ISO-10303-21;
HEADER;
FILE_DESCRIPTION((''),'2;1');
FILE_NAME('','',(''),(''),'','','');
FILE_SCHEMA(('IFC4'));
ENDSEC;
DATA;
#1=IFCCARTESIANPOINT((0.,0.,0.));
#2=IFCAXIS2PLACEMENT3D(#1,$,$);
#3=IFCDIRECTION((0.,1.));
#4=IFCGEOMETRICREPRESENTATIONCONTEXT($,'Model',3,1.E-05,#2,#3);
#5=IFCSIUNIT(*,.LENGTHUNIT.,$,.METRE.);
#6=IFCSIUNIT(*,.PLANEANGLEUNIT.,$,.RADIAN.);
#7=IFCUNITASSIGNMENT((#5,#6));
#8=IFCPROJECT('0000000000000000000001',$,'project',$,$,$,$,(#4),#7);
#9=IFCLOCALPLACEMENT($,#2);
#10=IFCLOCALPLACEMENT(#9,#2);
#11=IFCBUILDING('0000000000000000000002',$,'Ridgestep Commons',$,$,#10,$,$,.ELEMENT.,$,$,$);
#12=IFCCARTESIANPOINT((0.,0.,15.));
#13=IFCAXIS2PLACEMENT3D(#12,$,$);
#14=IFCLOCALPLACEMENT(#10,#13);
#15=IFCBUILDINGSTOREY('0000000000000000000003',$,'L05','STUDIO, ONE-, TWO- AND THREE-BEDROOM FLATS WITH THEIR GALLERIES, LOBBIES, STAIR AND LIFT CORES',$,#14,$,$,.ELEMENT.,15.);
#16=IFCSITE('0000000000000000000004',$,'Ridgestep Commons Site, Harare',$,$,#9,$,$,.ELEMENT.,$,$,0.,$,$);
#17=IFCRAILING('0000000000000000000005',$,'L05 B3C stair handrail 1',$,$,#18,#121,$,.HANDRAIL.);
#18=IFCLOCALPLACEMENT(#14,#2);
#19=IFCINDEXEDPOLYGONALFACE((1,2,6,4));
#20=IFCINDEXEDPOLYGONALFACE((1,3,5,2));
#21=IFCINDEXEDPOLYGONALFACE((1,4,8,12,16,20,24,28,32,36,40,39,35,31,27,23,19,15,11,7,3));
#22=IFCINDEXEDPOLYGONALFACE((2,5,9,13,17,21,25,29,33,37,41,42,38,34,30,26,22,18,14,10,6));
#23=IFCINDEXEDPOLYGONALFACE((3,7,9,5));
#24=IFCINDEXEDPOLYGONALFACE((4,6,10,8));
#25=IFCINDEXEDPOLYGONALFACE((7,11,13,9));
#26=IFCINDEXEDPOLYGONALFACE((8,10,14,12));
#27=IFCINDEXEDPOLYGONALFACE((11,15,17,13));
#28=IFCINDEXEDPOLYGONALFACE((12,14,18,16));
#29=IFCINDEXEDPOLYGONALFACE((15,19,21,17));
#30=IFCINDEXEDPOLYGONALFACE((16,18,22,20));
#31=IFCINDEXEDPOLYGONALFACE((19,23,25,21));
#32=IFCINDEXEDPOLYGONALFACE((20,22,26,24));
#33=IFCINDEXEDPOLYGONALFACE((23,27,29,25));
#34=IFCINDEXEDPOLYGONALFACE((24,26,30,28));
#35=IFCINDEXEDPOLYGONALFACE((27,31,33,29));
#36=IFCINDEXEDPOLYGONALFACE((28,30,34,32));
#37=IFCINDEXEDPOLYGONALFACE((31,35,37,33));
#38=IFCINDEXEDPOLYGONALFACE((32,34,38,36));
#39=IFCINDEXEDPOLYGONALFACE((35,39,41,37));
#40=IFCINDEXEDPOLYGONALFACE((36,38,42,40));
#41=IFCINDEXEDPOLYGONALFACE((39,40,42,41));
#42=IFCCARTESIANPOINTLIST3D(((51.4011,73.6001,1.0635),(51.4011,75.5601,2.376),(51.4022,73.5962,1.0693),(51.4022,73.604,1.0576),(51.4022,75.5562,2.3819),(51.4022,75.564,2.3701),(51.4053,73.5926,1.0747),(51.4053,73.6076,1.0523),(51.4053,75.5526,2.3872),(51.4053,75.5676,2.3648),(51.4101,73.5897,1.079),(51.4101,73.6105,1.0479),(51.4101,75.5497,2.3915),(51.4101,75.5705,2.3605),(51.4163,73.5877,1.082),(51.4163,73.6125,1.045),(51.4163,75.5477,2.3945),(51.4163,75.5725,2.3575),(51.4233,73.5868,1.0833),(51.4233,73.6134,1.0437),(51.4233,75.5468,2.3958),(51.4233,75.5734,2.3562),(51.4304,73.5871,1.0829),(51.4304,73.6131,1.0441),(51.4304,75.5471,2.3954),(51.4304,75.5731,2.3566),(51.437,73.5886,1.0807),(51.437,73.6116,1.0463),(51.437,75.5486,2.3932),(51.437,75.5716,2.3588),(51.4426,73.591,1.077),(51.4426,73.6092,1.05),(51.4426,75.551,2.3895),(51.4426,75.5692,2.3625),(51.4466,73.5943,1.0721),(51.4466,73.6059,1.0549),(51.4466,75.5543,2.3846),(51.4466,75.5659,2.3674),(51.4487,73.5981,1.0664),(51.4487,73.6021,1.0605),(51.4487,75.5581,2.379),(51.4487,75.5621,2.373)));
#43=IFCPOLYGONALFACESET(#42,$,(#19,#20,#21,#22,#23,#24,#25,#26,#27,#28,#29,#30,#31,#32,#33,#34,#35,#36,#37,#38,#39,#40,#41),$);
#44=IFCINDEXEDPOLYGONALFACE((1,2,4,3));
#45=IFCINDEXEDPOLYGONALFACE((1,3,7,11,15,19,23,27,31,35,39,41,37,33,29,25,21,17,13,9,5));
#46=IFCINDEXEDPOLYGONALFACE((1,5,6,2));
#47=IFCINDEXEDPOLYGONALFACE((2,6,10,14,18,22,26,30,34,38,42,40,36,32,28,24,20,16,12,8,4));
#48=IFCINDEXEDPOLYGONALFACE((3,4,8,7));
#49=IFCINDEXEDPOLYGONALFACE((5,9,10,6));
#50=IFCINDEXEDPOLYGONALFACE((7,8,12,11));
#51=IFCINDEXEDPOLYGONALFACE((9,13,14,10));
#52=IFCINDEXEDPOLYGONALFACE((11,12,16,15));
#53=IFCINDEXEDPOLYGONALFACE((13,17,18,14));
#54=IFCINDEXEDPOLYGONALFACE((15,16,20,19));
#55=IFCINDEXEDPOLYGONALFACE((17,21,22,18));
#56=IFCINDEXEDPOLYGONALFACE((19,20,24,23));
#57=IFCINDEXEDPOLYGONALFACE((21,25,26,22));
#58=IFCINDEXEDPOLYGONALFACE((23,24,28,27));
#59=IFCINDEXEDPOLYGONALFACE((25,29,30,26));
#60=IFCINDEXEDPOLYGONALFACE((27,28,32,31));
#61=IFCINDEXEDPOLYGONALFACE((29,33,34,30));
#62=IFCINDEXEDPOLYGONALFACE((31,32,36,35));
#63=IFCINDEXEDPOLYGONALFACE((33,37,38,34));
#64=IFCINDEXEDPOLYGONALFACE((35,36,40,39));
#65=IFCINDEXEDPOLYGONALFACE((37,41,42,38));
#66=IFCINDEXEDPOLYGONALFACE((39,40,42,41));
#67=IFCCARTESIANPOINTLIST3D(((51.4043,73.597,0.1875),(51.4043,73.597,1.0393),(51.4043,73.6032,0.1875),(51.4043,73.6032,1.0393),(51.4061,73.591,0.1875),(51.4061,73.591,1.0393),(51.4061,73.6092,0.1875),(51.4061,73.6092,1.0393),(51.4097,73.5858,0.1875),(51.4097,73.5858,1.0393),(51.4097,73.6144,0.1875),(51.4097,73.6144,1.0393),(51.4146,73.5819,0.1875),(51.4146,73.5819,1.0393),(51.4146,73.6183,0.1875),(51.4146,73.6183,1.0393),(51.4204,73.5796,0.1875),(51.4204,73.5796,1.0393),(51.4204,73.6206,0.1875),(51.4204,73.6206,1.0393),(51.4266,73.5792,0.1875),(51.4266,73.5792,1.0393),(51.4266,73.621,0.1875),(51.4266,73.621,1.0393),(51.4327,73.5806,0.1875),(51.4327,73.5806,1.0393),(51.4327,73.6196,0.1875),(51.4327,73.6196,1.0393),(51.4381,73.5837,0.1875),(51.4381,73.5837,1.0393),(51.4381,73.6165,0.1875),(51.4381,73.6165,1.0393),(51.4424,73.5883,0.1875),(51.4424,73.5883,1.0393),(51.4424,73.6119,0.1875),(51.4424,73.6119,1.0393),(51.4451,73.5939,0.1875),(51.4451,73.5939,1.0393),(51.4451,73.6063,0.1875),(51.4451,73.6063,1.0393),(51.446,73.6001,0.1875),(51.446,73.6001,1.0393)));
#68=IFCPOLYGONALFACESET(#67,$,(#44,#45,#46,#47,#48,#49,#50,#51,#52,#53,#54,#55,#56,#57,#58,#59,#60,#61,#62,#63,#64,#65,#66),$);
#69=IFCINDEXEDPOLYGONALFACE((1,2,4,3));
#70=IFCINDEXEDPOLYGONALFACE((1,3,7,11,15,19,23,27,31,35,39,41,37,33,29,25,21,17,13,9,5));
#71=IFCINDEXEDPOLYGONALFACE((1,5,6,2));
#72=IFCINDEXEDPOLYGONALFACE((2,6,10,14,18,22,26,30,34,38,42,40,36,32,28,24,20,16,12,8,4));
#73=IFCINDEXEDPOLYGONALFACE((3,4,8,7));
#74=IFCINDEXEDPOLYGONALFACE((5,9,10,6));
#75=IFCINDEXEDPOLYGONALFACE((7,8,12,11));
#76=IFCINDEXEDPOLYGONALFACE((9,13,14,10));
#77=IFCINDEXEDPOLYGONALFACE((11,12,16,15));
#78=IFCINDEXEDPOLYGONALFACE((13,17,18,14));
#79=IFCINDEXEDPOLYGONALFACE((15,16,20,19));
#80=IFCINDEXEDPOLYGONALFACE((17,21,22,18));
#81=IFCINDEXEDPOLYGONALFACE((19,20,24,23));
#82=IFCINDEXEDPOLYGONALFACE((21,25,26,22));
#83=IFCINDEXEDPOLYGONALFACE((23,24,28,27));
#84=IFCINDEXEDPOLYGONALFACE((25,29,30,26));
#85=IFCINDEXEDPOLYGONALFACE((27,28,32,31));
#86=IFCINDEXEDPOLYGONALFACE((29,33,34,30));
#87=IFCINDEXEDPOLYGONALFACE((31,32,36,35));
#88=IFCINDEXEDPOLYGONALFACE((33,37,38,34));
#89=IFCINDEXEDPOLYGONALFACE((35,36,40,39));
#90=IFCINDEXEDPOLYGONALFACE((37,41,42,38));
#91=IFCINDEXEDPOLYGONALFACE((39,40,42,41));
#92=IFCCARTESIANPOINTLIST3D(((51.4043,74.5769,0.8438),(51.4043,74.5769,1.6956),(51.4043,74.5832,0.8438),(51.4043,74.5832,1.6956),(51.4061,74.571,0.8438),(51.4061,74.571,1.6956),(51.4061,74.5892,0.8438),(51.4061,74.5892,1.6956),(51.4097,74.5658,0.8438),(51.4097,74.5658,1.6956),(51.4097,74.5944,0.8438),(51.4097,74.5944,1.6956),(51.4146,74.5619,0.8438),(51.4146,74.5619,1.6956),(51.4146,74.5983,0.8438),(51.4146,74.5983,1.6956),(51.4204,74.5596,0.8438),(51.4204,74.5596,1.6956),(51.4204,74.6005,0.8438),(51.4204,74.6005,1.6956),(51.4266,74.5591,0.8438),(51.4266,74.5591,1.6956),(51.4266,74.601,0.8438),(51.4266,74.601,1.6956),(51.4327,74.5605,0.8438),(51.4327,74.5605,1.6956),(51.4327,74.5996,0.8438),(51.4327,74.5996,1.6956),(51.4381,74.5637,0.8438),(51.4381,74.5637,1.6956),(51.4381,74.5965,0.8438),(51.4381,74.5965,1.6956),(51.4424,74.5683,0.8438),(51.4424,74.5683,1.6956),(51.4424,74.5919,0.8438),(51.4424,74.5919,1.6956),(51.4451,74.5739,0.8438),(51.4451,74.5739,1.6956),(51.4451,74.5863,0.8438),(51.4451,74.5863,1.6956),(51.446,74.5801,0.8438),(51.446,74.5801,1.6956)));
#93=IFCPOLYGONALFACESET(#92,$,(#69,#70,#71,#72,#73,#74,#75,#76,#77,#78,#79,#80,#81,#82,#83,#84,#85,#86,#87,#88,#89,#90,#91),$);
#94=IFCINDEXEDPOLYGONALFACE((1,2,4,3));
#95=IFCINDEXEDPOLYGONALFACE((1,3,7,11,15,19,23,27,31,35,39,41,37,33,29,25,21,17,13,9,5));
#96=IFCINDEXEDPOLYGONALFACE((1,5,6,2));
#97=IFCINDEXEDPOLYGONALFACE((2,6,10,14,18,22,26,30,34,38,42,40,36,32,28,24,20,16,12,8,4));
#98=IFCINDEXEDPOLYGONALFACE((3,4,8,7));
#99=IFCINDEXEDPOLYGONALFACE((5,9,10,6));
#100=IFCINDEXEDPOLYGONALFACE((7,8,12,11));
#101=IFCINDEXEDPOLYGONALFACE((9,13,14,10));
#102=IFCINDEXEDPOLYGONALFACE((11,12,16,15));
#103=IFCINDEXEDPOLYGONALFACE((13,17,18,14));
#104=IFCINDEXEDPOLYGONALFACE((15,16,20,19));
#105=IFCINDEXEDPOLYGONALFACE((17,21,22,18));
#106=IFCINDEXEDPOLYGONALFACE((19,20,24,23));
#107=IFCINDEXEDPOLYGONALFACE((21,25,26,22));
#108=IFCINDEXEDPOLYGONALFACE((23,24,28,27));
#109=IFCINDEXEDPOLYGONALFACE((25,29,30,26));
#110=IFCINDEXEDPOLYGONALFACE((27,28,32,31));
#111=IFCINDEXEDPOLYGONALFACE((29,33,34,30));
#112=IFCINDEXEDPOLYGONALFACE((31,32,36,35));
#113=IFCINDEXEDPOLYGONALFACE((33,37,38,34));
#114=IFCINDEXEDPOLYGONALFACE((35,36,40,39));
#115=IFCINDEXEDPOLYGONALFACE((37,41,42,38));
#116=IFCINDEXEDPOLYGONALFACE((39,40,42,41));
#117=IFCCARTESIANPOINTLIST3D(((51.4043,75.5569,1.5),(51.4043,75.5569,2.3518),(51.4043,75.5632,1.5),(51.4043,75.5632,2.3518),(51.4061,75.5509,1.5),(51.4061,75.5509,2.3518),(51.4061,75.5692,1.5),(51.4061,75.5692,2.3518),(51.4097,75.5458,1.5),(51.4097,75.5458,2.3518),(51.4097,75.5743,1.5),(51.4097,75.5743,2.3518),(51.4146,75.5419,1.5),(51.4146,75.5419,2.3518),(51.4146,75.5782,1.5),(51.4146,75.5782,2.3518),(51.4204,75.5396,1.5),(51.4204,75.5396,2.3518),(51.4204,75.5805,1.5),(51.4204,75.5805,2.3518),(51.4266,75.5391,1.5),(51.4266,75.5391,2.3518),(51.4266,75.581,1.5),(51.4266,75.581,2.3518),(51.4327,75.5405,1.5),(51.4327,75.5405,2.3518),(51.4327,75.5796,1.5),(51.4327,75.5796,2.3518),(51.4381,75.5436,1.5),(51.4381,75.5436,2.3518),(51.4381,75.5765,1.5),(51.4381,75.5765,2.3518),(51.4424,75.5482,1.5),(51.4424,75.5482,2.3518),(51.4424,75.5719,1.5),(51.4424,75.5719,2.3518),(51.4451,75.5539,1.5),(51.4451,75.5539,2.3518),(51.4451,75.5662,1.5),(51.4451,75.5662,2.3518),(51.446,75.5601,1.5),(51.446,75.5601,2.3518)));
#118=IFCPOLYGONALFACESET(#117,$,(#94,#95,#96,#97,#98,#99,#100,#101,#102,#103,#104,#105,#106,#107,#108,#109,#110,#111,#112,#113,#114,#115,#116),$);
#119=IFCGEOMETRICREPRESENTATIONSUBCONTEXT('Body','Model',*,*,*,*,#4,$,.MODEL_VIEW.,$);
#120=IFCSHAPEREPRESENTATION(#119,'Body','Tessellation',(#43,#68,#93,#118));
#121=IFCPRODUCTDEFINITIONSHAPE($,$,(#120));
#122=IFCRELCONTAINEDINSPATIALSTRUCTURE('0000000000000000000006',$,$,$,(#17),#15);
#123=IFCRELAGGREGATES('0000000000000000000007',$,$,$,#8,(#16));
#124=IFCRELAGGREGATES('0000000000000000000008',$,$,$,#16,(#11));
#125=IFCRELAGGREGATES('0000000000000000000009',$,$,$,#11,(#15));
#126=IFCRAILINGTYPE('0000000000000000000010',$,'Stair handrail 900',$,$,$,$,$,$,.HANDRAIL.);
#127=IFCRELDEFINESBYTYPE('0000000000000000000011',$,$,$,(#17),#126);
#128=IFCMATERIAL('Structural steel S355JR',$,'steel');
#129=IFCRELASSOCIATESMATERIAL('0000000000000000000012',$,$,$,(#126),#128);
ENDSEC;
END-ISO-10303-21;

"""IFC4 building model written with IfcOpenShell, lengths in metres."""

from ifc_helpers import new_model, si_unit, direction, frame, origin, origin_2d, place, context, subcontext, project, spatial, circle, extrude, material, type_object, element, save


model = new_model("IFC4")

# Units and contexts
model_context = context("Model", 3, precision=1e-05, world=origin(), true_north=direction((0.0, 1.0)))
body_context = subcontext(model_context, "Body", "Model", "MODEL_VIEW")
ifc_project = project(units=[si_unit("LENGTHUNIT", "METRE"), si_unit("PLANEANGLEUNIT", "RADIAN")], contexts=[model_context])

# Site, building, storey
site_placement = place(None, origin())
site = spatial("IfcSite", under=ifc_project, at=site_placement, Name="Ridgestep Commons Site, Harare", CompositionType="ELEMENT", RefElevation=0.0)
building_placement = place(site_placement, origin())
building = spatial("IfcBuilding", under=site, at=building_placement, Name="Ridgestep Commons", CompositionType="ELEMENT")
storey_placement = place(building_placement, frame((0.0, 0.0, 15.0)))
storey = spatial("IfcBuildingStorey", under=building, at=storey_placement, Name="L05", Description="STUDIO, ONE-, TWO- AND THREE-BEDROOM FLATS WITH THEIR GALLERIES, LOBBIES, STAIR AND LIFT CORES", CompositionType="ELEMENT", Elevation=15.0)

# Railing
ifc_material_1 = material(Name="Structural steel S355JR", Category="steel")
railing_type_1 = type_object("IfcRailingType", Name="Stair handrail 900", PredefinedType="HANDRAIL", material=ifc_material_1)
railing_1_placement = place(storey_placement, frame((51.425, 73.6001, 0.1875)))
element("IfcRailing", 1, at=railing_1_placement, inside=storey, type_object=railing_type_1, Name="L05 B3C stair handrail 1", PredefinedType="HANDRAIL", context=body_context, shape_type="SweptSolid", body=[
    extrude(circle(Radius=0.0239, at=origin_2d()), frame((0.0, 0.0, 0.876), z_axis=(0.0, 0.830902, 0.556419), x_axis=(-1.0, 0.0, 0.0)), (0.0, 0.0, 1.0), 2.3589),
    extrude(circle(Radius=0.021, at=origin_2d()), origin(), (0.0, 0.0, 1.0), 0.8518),
    extrude(circle(Radius=0.021, at=origin_2d()), frame((0.0, 0.98, 0.6562)), (0.0, 0.0, 1.0), 0.8518),
    extrude(circle(Radius=0.021, at=origin_2d()), frame((0.0, 1.96, 1.3125)), (0.0, 0.0, 1.0), 0.8518),
])

save(model, "model.ifc")
